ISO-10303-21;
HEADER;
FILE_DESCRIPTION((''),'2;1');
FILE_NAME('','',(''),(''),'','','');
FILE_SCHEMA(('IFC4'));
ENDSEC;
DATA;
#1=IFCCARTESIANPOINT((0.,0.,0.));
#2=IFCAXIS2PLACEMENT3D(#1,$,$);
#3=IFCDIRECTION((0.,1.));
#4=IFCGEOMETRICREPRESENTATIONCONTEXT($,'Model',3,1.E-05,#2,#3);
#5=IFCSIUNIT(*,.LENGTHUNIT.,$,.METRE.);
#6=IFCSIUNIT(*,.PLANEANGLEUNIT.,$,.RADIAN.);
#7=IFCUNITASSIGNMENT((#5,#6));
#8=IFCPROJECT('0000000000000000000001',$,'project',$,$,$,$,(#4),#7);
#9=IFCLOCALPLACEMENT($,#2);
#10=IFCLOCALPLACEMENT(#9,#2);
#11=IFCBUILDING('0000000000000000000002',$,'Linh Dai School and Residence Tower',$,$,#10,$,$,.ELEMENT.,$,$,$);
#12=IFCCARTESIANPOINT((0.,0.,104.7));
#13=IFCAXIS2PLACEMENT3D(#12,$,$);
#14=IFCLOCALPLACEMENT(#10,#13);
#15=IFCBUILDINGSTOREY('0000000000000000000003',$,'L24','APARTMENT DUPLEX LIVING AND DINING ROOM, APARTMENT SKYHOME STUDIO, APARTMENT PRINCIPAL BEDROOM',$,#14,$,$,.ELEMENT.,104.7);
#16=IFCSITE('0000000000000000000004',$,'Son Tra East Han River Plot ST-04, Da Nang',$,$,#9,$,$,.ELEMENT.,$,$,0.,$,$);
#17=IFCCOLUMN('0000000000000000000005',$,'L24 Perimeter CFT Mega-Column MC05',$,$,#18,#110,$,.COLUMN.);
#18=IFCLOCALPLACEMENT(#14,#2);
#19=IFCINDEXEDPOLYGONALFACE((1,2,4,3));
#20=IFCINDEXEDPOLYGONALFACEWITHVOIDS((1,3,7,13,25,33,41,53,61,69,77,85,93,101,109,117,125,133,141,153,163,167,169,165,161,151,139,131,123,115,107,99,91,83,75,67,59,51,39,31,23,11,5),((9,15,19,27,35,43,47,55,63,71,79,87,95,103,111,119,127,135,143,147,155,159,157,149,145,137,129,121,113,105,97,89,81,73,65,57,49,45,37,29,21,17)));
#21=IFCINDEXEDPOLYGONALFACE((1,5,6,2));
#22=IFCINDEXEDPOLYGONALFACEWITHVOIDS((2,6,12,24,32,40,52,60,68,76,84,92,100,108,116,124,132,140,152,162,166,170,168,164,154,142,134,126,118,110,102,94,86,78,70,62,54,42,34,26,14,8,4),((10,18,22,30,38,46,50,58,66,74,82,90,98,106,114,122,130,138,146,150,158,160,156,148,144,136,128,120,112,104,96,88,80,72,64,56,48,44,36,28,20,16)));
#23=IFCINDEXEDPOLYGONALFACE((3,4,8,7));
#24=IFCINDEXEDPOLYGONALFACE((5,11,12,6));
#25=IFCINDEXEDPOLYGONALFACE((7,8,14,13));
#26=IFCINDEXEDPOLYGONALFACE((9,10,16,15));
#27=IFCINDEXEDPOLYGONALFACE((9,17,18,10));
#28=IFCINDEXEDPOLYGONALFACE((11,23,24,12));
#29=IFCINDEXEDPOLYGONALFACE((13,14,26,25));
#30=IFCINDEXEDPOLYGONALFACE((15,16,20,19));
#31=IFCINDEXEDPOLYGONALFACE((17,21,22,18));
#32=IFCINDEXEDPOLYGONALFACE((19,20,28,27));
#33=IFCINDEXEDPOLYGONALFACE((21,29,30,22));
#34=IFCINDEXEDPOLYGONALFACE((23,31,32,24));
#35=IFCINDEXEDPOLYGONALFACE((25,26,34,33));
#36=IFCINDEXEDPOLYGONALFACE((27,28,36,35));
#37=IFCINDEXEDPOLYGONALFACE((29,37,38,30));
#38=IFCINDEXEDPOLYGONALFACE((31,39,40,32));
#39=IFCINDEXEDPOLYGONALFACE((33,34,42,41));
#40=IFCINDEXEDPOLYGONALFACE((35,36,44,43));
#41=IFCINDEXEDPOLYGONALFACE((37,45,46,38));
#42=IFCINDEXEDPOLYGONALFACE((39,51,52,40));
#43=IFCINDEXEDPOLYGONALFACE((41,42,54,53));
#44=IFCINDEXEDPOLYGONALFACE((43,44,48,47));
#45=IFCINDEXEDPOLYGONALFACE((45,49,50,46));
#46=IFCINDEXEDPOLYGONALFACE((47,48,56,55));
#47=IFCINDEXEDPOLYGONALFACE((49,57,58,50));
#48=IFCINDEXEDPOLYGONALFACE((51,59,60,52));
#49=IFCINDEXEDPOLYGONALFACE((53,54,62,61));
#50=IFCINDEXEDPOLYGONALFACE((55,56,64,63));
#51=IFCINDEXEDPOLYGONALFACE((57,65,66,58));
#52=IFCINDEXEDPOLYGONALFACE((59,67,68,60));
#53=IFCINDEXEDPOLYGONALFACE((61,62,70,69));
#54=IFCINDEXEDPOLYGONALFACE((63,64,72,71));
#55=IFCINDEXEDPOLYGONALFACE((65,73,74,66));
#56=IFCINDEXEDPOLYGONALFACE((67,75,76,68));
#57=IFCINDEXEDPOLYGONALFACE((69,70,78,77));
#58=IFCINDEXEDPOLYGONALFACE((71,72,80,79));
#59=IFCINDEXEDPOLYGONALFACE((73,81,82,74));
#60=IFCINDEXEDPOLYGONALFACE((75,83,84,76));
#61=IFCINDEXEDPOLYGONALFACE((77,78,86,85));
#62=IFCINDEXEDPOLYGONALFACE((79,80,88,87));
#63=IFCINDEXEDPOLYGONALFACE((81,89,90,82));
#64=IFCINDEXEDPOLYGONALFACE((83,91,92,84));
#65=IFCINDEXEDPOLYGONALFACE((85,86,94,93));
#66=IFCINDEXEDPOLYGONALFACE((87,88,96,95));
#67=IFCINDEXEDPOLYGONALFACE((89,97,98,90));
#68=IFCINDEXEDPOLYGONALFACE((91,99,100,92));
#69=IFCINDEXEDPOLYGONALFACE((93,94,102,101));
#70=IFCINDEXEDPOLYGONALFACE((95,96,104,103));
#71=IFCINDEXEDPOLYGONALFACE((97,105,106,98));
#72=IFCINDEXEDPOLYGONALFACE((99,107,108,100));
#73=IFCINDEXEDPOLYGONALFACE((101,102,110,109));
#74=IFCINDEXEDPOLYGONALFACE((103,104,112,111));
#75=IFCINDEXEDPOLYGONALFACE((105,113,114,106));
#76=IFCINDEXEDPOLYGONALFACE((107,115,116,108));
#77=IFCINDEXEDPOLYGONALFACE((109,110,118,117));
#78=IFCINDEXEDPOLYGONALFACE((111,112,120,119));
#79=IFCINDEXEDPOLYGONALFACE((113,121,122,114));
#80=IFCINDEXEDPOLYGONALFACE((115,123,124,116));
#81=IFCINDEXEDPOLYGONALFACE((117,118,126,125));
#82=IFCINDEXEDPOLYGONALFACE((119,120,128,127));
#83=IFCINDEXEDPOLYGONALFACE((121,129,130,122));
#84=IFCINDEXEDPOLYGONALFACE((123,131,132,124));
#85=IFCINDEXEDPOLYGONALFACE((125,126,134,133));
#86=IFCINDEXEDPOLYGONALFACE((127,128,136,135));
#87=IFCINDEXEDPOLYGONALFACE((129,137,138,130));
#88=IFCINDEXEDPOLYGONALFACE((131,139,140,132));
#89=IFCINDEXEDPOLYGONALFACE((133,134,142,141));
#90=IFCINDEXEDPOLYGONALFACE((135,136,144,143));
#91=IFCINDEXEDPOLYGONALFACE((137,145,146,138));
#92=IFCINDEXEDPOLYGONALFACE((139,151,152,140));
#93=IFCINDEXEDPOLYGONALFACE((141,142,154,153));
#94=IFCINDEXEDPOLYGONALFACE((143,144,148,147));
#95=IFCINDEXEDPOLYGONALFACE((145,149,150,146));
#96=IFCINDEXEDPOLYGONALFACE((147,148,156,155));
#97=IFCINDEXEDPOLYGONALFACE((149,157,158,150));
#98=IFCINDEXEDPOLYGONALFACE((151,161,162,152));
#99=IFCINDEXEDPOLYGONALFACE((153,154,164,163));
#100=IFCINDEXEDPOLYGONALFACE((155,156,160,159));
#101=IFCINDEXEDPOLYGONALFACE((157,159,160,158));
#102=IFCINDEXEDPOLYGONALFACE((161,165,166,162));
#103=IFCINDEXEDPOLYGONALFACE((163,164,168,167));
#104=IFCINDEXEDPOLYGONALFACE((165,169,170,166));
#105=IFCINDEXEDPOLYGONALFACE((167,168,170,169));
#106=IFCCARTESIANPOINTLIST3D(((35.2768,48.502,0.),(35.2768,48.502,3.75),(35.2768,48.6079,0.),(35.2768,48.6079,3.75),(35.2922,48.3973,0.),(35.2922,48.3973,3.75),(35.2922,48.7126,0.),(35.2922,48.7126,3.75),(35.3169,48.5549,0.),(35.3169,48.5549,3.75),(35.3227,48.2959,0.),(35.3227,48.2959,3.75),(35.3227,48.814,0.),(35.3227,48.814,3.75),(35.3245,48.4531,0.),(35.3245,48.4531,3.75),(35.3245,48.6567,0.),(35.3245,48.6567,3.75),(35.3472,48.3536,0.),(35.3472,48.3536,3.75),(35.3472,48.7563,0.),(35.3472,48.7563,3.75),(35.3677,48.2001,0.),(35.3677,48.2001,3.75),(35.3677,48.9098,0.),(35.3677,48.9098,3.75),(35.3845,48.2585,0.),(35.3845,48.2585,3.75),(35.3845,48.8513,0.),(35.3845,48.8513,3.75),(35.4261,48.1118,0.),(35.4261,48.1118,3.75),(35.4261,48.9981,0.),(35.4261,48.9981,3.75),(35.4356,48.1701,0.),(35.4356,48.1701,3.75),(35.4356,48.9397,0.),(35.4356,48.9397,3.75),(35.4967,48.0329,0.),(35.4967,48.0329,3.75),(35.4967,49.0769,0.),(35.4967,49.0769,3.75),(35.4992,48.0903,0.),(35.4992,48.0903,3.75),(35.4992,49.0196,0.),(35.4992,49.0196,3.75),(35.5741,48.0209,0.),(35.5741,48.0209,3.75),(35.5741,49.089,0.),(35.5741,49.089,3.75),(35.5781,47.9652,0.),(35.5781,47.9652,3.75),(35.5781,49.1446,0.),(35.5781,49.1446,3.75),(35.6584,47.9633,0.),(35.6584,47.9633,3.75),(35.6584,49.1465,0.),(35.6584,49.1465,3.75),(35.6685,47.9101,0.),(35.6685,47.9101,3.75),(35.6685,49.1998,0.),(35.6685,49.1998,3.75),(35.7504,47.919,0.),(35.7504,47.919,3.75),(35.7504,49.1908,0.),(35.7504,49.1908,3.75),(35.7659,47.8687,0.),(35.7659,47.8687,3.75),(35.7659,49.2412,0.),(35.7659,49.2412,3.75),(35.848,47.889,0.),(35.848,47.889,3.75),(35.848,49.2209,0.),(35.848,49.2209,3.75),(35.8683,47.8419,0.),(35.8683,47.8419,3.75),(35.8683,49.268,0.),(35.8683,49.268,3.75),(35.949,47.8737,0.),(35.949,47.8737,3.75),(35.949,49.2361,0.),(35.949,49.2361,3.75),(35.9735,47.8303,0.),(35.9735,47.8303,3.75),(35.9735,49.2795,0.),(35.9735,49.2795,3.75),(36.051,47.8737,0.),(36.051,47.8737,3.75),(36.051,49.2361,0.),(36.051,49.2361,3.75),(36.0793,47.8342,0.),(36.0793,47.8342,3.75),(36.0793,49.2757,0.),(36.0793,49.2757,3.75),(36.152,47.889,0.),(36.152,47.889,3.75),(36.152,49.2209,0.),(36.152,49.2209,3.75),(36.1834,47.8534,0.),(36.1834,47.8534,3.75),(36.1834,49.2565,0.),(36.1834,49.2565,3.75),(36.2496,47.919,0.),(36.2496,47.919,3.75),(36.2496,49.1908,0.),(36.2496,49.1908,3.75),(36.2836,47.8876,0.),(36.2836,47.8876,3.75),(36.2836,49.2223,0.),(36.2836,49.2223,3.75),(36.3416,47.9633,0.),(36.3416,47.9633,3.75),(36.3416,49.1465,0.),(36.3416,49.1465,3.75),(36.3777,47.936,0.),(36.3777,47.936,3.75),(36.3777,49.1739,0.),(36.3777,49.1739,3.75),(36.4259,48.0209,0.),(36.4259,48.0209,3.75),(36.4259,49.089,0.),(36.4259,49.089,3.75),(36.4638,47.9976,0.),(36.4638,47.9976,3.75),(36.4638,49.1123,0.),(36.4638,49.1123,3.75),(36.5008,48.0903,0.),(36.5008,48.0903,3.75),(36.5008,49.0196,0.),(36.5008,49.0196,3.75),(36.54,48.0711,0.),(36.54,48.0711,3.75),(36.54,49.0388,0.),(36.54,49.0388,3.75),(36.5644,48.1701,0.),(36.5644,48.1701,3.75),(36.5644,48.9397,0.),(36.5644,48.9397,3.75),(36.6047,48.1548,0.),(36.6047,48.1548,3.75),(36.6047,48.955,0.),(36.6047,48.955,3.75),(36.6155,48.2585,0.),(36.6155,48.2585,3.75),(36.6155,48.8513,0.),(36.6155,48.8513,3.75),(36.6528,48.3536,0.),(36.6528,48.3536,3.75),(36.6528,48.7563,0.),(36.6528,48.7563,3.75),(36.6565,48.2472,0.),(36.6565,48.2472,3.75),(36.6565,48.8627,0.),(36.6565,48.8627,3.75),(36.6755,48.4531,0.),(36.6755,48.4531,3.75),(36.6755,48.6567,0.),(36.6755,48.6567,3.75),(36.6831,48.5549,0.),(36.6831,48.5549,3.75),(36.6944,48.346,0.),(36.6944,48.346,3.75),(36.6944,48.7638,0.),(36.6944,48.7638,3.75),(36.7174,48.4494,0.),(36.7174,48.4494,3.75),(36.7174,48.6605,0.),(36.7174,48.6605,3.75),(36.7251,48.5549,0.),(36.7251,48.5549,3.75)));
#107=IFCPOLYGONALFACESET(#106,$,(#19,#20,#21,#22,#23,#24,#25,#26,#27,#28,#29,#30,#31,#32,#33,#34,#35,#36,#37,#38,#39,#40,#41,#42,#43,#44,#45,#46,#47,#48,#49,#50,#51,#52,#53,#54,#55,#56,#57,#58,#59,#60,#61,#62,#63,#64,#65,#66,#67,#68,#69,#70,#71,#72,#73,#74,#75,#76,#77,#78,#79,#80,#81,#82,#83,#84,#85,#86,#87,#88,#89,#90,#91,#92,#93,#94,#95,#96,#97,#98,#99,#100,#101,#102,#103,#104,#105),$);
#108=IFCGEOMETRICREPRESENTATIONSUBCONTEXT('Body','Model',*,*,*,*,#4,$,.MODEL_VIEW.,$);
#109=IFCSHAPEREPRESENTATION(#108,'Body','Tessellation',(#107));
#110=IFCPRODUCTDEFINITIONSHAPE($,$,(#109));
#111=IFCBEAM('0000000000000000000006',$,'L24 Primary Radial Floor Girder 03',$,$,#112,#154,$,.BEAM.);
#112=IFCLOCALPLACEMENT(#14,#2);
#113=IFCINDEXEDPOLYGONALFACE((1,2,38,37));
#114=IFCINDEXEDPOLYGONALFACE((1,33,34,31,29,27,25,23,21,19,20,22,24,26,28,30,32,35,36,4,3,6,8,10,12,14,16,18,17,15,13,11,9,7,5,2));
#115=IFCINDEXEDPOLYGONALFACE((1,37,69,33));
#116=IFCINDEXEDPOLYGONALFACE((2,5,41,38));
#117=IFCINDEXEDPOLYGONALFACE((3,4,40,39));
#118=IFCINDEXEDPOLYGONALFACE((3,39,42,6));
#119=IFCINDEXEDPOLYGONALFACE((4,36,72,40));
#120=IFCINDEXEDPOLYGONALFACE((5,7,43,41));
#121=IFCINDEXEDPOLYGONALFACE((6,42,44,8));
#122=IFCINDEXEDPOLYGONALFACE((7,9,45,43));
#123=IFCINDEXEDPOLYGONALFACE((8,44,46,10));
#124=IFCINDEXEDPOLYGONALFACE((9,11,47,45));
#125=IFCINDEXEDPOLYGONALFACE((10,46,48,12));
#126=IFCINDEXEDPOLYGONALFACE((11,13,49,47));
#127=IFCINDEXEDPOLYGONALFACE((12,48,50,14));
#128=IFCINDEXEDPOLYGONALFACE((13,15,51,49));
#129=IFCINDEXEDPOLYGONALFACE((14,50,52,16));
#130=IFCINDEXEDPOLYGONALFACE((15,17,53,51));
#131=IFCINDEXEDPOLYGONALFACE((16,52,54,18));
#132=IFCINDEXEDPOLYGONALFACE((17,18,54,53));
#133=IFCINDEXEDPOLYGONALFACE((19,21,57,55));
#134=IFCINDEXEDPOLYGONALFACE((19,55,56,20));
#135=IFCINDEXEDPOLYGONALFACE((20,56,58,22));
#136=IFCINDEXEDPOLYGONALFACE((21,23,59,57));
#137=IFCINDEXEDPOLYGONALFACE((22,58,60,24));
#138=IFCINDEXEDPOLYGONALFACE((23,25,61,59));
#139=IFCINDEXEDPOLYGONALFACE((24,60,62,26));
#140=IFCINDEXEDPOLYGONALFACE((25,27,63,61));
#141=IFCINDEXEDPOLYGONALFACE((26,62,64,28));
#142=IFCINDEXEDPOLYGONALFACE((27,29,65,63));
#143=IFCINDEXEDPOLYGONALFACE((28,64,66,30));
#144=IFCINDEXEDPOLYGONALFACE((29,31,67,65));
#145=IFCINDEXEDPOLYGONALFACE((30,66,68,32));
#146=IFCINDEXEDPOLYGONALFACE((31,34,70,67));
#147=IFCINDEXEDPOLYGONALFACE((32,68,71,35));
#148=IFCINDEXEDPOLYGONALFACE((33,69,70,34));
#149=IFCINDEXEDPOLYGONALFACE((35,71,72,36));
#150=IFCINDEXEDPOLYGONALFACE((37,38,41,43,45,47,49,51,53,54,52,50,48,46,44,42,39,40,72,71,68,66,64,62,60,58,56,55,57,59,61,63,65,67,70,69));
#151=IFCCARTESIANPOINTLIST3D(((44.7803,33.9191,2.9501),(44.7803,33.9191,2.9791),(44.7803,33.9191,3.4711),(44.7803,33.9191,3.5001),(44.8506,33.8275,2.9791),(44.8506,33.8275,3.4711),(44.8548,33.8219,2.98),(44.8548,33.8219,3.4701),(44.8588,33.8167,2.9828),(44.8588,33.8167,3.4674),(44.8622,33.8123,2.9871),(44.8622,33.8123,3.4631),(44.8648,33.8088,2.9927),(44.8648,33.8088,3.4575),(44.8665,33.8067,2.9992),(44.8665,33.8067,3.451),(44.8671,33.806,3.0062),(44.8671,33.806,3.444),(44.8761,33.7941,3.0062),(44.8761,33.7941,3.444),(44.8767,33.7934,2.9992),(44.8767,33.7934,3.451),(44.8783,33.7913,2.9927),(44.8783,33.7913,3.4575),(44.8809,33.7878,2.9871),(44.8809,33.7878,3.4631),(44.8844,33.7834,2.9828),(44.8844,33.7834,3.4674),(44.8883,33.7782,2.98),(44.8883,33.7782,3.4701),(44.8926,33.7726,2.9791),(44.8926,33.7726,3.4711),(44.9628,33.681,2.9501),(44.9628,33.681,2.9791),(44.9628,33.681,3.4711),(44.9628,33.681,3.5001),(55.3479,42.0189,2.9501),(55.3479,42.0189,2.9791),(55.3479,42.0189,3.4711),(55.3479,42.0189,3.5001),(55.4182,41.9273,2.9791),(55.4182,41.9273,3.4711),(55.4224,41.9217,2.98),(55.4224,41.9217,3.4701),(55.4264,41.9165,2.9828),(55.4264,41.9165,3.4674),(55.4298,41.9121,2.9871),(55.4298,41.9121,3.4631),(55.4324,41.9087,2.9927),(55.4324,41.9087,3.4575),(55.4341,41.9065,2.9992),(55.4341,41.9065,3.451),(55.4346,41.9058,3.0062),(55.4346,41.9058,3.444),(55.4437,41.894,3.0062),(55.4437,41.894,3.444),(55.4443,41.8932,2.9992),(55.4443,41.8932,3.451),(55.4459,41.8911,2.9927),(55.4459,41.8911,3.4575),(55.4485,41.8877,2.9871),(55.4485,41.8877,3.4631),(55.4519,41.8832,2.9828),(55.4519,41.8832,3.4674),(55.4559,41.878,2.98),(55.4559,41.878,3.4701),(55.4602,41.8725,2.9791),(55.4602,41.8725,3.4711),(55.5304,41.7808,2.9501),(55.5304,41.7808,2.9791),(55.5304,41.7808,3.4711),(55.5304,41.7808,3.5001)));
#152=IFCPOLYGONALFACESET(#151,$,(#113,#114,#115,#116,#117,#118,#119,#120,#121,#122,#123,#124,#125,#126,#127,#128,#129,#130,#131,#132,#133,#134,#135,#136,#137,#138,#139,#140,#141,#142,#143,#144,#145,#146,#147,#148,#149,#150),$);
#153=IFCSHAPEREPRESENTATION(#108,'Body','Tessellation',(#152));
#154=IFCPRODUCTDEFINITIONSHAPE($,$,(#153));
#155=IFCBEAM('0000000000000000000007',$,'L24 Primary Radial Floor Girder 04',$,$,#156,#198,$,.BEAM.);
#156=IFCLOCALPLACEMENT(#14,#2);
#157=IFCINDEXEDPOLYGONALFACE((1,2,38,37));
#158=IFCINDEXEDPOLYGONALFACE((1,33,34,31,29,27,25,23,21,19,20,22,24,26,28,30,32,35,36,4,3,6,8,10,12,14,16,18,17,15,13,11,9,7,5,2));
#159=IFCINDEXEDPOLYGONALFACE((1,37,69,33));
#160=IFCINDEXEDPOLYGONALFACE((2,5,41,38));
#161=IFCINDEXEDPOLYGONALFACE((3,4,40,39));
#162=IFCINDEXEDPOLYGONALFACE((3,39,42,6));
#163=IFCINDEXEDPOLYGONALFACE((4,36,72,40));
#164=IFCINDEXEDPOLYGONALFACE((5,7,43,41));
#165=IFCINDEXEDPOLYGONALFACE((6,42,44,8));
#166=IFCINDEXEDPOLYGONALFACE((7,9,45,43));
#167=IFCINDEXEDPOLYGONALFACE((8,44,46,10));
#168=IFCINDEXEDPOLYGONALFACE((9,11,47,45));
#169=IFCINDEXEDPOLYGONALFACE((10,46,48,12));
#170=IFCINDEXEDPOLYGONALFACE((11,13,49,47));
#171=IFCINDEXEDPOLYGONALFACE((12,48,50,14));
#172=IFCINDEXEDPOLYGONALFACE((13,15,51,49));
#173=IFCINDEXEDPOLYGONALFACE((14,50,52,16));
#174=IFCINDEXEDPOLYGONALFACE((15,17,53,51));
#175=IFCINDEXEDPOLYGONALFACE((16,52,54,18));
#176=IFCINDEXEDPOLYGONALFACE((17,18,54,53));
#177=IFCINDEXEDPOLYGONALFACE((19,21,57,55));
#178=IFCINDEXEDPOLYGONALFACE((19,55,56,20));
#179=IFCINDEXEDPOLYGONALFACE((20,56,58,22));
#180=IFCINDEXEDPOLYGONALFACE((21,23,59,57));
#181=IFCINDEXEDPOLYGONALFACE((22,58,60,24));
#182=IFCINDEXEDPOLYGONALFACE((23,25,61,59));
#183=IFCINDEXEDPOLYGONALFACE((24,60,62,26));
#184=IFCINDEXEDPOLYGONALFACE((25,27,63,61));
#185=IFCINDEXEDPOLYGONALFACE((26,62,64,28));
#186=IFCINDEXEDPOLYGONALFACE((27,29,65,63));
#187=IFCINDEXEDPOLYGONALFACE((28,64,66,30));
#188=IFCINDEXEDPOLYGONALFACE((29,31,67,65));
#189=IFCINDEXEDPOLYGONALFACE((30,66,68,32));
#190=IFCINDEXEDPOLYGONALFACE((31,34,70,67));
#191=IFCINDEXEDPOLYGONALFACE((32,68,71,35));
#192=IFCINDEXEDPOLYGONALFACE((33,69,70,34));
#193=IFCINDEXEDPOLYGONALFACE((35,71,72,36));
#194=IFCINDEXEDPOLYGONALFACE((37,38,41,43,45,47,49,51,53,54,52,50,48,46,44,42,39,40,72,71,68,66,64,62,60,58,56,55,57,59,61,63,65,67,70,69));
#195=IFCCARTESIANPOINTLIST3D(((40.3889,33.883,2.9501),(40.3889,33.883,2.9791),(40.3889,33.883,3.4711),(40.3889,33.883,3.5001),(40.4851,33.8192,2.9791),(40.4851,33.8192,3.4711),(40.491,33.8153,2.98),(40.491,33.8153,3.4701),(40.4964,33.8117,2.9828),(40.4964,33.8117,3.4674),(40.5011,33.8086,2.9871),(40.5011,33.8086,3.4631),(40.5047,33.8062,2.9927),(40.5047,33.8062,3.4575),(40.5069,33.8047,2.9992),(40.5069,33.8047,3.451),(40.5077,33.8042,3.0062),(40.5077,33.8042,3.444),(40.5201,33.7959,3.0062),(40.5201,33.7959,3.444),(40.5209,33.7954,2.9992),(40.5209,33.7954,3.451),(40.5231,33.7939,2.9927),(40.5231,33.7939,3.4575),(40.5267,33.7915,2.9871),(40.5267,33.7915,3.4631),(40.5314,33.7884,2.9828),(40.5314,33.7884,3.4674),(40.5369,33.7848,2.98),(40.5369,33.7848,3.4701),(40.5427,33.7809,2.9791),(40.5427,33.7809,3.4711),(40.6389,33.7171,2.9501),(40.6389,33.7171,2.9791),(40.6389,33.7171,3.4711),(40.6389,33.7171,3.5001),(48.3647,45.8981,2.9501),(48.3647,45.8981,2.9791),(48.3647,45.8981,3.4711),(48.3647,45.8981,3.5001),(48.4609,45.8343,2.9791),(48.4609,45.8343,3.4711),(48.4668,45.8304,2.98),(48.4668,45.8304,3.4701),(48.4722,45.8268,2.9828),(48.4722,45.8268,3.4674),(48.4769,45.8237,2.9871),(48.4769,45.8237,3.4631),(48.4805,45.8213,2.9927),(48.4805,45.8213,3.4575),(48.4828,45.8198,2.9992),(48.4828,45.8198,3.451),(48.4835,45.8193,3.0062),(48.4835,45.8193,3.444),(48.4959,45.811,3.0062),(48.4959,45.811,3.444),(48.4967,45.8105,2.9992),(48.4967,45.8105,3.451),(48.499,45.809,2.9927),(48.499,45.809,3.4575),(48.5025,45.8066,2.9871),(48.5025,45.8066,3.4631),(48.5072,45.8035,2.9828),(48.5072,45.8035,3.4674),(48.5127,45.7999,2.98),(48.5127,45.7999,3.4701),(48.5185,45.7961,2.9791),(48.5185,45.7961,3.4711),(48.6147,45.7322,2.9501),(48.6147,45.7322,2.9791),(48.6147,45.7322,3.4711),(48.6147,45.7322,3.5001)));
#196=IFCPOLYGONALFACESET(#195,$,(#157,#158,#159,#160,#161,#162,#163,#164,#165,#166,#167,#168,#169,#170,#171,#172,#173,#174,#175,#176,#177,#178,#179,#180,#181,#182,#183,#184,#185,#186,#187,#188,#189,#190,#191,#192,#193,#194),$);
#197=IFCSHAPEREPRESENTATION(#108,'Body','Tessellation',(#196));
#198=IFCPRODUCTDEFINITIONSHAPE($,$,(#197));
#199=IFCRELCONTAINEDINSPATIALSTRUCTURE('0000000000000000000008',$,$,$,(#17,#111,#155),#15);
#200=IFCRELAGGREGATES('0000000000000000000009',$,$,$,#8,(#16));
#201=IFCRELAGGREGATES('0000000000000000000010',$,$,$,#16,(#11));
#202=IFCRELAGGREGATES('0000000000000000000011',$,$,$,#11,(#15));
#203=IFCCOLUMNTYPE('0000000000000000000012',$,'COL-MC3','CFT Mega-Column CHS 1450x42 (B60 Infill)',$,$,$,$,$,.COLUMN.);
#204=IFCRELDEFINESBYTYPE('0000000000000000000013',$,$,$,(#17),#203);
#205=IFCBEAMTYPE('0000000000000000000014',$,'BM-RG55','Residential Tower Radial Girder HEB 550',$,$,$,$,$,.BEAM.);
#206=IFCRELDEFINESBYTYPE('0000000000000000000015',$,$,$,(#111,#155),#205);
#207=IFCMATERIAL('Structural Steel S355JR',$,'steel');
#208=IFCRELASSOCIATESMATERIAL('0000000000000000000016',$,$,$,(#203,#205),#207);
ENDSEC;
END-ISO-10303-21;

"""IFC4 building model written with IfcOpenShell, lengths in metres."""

from ifc_helpers import new_model, si_unit, direction, frame, origin, origin_2d, place, context, subcontext, project, spatial, hollow_circle, i_section, extrude, material, material_profile, profile_set, type_object, element, save


model = new_model("IFC4")

# Units and contexts
model_context = context("Model", 3, precision=1e-05, world=origin(), true_north=direction((0.0, 1.0)))
body_context = subcontext(model_context, "Body", "Model", "MODEL_VIEW")
ifc_project = project(units=[si_unit("LENGTHUNIT", "METRE"), si_unit("PLANEANGLEUNIT", "RADIAN")], contexts=[model_context])

# Site, building, storey
site_placement = place(None, origin())
site = spatial("IfcSite", under=ifc_project, at=site_placement, Name="Son Tra East Han River Plot ST-04, Da Nang", CompositionType="ELEMENT", RefElevation=0.0)
building_placement = place(site_placement, origin())
building = spatial("IfcBuilding", under=site, at=building_placement, Name="Linh Dai School and Residence Tower", CompositionType="ELEMENT")
storey_placement = place(building_placement, frame((0.0, 0.0, 104.7)))
storey = spatial("IfcBuildingStorey", under=building, at=storey_placement, Name="L24", Description="APARTMENT DUPLEX LIVING AND DINING ROOM, APARTMENT SKYHOME STUDIO, APARTMENT PRINCIPAL BEDROOM", CompositionType="ELEMENT", Elevation=104.7)

# Column
ifc_material_1 = material(Name="Structural Steel S355JR", Category="steel")
ifc_material_profile_1 = material_profile(ifc_material_1, hollow_circle(Radius=0.7251, WallThickness=0.042, at=origin_2d()), Name="CHS 1450x42")
ifc_profile_set_1 = profile_set([ifc_material_profile_1], Name="Structural Steel S355JR")
column_type = type_object("IfcColumnType", Name="COL-MC3", Description="CFT Mega-Column CHS 1450x42 (B60 Infill)", PredefinedType="COLUMN", material=ifc_profile_set_1)
column_placement = place(storey_placement, frame((36.0, 48.5549, 0.0), z_axis=(0.0, 0.0, 1.0), x_axis=(1.0, 0.0, 0.0)))
element("IfcColumn", 1, at=column_placement, inside=storey, type_object=column_type, Name="L24 Perimeter CFT Mega-Column MC05", PredefinedType="COLUMN", context=body_context, shape_type="SweptSolid", body=[
    extrude(hollow_circle(Radius=0.7251, WallThickness=0.042, at=origin_2d()), origin(), (0.0, 0.0, 1.0), 3.75),
])

# Beams
ifc_material_profile_2 = material_profile(ifc_material_1, i_section(OverallWidth=0.3, OverallDepth=0.55, WebThickness=0.0149, FlangeThickness=0.0291, FilletRadius=0.0271, at=origin_2d()), Name="HEB 550")
ifc_profile_set_2 = profile_set([ifc_material_profile_2], Name="Structural Steel S355JR")
beam_type = type_object("IfcBeamType", Name="BM-RG55", Description="Residential Tower Radial Girder HEB 550", PredefinedType="BEAM", material=ifc_profile_set_2)
beam_1_placement = place(storey_placement, frame((44.8716, 33.8, 3.2251), z_axis=(0.793679, 0.608337, 0.0), x_axis=(-0.608337, 0.793679, 0.0)))
element("IfcBeam", 2, at=beam_1_placement, inside=storey, type_object=beam_type, Name="L24 Primary Radial Floor Girder 03", PredefinedType="BEAM", context=body_context, shape_type="SweptSolid", body=[
    extrude(i_section(OverallWidth=0.3, OverallDepth=0.55, WebThickness=0.0149, FlangeThickness=0.0291, FilletRadius=0.0271, at=origin_2d()), origin(), (0.0, 0.0, 1.0), 13.3147),
])
beam_2_placement = place(storey_placement, frame((40.5139, 33.8, 3.2251), z_axis=(0.553054, 0.833145, 0.0), x_axis=(-0.833145, 0.553054, 0.0)))
element("IfcBeam", 3, at=beam_2_placement, inside=storey, type_object=beam_type, Name="L24 Primary Radial Floor Girder 04", PredefinedType="BEAM", context=body_context, shape_type="SweptSolid", body=[
    extrude(i_section(OverallWidth=0.3, OverallDepth=0.55, WebThickness=0.0149, FlangeThickness=0.0291, FilletRadius=0.0271, at=origin_2d()), origin(), (0.0, 0.0, 1.0), 14.4214),
])

save(model, "model.ifc")
